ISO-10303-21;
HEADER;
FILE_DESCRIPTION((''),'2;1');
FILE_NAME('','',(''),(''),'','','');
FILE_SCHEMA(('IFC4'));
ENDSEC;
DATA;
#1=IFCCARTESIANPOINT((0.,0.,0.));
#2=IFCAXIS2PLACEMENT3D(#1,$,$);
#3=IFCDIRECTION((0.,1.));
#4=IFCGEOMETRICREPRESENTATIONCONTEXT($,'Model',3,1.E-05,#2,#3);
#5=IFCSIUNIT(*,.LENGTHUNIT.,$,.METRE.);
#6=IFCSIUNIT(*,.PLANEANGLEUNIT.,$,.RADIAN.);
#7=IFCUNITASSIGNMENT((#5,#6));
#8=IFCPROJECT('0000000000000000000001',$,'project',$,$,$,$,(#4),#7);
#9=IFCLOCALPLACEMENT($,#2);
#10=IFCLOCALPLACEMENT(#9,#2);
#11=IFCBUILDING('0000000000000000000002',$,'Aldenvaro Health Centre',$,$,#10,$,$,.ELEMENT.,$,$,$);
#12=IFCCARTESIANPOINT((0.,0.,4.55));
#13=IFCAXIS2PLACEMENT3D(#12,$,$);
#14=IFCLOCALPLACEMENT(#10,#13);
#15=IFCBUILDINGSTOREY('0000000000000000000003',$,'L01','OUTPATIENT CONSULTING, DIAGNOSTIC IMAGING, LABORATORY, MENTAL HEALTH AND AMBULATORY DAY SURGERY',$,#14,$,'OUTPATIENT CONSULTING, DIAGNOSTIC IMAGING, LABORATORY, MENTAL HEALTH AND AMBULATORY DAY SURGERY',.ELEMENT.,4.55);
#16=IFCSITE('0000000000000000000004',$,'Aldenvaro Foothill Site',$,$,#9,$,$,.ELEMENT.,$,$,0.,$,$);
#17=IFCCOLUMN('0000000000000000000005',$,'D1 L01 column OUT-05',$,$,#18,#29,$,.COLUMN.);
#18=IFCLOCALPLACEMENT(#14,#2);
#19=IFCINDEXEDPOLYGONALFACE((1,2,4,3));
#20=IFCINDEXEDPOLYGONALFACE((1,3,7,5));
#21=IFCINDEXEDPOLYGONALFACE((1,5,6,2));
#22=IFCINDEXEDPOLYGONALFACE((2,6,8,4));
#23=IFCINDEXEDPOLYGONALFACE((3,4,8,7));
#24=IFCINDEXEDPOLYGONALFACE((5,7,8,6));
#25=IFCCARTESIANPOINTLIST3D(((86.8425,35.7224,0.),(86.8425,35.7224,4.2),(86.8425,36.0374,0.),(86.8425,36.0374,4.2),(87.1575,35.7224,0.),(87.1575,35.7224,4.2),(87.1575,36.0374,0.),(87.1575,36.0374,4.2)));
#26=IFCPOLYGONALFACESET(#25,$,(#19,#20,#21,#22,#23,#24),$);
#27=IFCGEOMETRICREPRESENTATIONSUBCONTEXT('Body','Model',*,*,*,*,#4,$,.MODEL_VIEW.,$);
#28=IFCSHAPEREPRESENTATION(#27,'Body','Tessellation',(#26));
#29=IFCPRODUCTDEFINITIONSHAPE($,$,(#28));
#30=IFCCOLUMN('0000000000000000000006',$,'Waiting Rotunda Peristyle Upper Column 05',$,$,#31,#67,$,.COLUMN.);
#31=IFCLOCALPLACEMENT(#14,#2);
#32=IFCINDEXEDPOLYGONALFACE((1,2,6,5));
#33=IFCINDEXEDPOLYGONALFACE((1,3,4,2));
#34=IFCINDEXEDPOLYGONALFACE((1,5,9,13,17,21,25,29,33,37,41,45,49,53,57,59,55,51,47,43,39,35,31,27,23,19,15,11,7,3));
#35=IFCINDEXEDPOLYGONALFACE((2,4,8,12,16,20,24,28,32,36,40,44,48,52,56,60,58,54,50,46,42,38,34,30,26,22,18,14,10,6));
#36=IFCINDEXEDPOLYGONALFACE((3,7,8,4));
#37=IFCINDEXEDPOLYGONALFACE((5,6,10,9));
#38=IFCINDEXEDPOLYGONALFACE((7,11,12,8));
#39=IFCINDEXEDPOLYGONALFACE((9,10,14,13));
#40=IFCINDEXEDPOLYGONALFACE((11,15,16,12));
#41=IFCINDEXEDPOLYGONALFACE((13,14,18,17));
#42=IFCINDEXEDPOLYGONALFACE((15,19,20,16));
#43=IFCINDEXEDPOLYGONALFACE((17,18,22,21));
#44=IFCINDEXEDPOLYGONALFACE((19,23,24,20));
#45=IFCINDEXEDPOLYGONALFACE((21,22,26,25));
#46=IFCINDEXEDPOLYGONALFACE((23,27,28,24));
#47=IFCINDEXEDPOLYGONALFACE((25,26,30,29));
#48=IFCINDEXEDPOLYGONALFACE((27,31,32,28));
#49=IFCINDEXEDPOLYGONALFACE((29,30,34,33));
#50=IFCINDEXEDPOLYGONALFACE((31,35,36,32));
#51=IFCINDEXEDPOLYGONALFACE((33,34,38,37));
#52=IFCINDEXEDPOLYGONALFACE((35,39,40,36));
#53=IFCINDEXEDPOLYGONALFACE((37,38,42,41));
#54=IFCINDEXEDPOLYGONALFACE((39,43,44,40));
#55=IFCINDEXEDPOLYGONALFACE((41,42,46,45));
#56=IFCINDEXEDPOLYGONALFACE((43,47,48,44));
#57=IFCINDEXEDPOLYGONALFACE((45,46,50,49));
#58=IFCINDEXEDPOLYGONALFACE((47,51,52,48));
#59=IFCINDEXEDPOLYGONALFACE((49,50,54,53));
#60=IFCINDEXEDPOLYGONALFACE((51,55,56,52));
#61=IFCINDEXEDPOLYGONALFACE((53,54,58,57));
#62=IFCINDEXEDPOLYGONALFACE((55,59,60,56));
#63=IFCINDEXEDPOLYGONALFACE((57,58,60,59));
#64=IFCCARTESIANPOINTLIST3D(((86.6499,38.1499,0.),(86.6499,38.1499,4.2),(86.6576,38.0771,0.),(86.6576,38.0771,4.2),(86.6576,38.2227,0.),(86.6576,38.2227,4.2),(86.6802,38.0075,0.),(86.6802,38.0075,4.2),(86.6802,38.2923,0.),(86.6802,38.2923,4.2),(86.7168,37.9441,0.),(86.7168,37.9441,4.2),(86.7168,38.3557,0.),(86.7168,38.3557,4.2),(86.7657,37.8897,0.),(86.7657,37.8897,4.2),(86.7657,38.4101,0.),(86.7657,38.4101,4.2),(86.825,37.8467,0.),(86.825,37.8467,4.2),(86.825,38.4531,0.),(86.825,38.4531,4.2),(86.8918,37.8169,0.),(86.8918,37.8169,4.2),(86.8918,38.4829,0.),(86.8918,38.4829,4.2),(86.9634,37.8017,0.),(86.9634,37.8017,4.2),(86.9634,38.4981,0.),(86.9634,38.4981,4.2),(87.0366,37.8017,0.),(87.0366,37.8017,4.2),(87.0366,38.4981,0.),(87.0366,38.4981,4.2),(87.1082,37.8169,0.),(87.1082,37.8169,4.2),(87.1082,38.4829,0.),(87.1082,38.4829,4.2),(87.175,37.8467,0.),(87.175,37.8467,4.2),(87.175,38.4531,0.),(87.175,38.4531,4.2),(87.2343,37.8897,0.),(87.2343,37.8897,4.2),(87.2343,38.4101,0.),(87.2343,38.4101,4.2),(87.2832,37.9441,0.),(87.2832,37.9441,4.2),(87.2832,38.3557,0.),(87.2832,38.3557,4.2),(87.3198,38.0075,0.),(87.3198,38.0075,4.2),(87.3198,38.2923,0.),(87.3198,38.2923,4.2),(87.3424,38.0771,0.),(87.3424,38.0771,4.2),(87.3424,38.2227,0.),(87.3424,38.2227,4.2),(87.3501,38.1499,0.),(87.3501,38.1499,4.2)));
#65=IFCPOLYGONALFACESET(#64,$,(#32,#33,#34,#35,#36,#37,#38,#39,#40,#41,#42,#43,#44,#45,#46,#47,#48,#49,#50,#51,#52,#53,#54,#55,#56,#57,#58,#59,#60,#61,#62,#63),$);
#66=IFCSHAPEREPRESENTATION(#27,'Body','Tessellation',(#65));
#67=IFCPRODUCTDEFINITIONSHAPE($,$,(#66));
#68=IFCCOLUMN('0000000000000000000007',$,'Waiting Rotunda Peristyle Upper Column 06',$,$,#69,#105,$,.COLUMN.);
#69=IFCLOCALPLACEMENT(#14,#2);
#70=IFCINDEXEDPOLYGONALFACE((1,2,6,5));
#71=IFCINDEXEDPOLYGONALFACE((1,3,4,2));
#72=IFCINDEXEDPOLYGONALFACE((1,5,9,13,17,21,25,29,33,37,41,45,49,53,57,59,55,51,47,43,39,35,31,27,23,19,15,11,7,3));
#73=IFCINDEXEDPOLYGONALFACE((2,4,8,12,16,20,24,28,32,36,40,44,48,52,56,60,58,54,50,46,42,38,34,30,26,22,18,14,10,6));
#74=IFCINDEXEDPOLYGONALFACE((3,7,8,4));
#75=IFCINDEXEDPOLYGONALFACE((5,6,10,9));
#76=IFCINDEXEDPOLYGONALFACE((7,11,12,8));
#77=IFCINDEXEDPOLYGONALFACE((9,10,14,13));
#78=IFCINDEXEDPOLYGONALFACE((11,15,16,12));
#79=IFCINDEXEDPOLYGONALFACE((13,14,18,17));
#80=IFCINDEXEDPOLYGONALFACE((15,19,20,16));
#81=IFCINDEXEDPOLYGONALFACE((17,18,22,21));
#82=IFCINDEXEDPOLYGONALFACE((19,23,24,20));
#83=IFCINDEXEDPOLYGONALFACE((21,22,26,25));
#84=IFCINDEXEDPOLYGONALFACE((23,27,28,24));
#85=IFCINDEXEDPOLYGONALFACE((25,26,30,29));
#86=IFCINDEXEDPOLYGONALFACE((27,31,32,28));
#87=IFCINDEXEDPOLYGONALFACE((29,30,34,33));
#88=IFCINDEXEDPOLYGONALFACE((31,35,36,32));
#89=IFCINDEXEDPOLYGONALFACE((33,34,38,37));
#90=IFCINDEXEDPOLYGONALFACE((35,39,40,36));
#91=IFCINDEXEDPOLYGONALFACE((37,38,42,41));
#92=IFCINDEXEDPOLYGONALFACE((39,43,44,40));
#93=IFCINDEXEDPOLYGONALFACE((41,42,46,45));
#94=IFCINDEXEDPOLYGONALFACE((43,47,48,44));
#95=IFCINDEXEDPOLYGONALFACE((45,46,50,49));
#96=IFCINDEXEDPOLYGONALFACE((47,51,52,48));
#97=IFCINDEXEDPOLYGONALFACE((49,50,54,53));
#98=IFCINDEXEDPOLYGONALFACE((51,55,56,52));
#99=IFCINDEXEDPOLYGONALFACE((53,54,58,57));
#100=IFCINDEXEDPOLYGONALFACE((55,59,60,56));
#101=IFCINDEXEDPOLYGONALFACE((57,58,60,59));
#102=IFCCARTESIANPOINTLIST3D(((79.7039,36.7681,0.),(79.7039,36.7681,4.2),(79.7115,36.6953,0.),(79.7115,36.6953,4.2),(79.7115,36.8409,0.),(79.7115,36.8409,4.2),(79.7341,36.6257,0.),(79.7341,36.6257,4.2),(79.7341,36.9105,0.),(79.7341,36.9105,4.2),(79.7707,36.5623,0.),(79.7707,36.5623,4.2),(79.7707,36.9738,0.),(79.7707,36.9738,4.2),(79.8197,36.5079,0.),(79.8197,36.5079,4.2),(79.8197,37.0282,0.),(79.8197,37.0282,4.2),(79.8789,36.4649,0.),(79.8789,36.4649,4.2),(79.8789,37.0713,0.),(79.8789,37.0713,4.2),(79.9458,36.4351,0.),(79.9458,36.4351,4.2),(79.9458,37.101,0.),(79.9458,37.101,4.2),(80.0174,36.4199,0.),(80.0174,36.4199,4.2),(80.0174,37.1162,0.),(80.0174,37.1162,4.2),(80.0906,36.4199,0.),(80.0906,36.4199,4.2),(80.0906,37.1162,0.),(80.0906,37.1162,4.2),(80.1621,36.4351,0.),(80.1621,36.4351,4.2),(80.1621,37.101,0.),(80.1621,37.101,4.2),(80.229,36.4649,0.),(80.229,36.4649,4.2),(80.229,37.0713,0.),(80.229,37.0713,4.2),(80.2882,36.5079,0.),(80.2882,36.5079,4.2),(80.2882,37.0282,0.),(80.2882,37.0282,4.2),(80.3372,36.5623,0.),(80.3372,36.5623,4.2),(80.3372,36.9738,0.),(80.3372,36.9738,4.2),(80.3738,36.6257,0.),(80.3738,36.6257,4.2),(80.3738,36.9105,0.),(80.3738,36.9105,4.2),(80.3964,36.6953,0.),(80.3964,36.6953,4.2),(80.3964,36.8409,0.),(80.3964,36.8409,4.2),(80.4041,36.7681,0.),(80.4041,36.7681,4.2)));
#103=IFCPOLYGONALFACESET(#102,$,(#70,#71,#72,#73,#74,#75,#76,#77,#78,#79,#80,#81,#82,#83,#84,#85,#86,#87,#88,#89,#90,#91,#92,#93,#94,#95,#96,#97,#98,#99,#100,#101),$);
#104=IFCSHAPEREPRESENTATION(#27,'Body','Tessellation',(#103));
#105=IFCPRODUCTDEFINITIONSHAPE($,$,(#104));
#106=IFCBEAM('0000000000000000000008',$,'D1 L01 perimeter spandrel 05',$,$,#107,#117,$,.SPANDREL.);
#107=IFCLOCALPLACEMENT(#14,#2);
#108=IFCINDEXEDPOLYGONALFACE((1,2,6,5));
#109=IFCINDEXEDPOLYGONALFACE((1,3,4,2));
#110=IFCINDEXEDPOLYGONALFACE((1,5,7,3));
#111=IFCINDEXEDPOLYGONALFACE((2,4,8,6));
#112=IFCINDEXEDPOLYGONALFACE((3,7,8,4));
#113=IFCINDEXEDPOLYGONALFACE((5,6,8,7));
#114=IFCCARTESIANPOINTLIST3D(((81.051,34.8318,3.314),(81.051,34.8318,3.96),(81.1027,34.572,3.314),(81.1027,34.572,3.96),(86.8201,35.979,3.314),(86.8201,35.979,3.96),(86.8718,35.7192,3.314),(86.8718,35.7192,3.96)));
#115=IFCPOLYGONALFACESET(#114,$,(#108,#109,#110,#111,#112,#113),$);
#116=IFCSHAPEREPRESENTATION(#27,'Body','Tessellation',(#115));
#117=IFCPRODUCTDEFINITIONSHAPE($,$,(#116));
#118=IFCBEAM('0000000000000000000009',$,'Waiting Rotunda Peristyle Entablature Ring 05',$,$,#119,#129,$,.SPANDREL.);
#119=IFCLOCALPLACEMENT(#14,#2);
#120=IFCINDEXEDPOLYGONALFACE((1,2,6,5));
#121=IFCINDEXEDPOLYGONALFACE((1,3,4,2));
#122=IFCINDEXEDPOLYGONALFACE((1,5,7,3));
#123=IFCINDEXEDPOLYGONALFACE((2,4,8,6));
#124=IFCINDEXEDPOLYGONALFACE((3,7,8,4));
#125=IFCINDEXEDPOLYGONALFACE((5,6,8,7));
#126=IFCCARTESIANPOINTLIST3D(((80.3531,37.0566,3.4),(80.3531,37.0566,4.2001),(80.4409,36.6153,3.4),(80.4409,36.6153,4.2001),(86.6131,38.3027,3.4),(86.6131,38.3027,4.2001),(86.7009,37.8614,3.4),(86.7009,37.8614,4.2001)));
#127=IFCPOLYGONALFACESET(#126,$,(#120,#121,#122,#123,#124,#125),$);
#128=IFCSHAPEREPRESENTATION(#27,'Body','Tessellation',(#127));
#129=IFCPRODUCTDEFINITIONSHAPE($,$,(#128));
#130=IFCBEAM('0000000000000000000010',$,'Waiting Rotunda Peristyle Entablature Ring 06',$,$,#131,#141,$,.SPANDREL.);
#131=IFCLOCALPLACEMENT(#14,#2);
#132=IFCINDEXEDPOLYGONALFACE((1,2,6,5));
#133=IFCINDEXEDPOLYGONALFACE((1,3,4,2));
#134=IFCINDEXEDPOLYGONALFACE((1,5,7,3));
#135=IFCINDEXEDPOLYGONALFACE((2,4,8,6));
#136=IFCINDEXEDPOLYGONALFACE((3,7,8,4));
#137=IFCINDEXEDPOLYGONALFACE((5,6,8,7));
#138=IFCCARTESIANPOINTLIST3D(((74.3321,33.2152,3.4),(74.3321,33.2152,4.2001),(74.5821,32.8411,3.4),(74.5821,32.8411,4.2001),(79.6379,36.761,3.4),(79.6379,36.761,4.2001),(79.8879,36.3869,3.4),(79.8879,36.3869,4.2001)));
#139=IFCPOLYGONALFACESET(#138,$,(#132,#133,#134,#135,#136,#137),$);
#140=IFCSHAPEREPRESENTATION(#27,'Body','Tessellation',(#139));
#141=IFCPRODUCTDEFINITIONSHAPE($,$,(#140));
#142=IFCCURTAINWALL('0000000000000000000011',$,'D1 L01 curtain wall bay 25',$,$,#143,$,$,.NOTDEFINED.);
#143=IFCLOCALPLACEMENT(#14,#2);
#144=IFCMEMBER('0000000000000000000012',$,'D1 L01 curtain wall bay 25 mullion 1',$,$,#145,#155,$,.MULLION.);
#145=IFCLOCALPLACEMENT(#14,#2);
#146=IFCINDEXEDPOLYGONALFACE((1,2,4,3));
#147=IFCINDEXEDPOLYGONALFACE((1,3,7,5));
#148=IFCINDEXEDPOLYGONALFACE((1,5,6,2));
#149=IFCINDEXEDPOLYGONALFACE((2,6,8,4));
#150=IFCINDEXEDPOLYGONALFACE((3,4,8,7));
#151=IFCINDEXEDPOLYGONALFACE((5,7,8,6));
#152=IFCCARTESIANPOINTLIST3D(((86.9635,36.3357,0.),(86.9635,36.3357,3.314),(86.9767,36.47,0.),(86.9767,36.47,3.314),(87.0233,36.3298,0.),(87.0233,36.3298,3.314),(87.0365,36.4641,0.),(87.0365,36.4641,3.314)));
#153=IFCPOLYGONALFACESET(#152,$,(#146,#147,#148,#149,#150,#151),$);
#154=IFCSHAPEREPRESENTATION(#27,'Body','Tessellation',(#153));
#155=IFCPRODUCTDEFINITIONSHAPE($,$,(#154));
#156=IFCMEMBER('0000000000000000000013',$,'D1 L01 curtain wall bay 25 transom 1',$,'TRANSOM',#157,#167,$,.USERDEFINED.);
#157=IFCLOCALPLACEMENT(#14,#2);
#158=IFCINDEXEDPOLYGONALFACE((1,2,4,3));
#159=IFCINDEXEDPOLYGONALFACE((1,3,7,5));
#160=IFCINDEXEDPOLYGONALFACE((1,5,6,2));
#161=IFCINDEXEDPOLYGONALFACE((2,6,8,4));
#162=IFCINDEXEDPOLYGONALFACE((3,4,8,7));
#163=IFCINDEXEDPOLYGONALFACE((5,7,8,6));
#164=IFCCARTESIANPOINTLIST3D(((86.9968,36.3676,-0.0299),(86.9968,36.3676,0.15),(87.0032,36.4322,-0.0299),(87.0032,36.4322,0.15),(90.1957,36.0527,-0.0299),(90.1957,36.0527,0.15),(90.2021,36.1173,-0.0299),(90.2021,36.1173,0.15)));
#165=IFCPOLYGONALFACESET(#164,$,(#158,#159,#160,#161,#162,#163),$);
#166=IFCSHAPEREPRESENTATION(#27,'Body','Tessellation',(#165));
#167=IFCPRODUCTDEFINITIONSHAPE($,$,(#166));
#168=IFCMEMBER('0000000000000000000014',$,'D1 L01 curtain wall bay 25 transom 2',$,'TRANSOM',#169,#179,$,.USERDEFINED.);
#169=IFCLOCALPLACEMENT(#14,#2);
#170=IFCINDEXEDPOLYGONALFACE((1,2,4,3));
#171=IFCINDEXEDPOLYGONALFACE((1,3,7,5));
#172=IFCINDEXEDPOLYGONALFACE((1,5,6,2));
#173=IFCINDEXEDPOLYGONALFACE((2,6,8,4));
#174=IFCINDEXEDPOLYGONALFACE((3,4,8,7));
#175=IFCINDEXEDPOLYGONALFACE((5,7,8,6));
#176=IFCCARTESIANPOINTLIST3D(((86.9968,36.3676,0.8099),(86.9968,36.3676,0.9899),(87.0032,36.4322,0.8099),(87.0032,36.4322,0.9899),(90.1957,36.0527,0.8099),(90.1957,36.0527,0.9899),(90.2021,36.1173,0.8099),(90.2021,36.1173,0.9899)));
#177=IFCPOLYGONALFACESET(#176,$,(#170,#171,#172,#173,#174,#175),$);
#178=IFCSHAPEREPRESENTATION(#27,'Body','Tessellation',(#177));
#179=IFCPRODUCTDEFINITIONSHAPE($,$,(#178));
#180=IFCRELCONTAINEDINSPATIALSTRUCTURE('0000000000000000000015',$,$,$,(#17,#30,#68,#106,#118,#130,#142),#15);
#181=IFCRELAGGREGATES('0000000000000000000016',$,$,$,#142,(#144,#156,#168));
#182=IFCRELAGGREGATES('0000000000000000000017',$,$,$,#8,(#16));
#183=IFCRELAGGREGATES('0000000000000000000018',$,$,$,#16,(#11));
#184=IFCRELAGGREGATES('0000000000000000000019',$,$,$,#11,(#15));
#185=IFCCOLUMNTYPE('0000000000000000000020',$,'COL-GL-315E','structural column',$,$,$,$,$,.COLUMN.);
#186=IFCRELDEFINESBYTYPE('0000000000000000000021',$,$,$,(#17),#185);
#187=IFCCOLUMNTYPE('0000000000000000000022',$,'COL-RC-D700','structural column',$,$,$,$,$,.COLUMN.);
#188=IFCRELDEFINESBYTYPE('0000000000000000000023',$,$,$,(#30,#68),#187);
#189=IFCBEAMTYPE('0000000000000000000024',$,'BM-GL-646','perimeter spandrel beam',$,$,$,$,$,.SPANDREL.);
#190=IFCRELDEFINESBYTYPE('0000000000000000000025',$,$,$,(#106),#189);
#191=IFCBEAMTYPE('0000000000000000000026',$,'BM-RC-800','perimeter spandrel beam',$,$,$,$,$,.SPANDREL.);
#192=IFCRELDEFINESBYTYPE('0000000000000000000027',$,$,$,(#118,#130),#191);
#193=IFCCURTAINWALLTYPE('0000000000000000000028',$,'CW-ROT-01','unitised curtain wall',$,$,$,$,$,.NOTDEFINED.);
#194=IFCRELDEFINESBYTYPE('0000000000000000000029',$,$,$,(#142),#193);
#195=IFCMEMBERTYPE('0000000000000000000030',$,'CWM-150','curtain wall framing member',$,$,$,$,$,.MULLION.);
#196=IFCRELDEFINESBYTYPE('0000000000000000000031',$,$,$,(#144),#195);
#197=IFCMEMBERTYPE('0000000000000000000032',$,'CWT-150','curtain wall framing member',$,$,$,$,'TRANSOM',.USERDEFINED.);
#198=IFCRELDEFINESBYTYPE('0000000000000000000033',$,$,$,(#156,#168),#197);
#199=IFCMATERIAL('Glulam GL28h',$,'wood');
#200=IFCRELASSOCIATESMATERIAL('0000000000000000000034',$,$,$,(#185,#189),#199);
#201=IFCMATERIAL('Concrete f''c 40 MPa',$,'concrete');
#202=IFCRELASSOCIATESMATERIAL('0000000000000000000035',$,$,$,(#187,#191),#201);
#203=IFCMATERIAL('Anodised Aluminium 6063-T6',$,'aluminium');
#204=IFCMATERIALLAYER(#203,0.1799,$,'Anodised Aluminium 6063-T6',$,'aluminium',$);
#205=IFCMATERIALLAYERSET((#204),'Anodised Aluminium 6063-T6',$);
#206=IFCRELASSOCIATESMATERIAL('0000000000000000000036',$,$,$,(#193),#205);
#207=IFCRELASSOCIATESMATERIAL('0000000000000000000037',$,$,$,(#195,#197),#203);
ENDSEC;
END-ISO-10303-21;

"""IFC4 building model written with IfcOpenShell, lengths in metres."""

from ifc_helpers import new_model, si_unit, direction, frame, origin, origin_2d, place, context, subcontext, project, spatial, rectangle, circle, extrude, material, layer, layer_set, material_profile, profile_set, type_object, element, aggregate, save


model = new_model("IFC4")

# Units and contexts
model_context = context("Model", 3, precision=1e-05, world=origin(), true_north=direction((0.0, 1.0)))
body_context = subcontext(model_context, "Body", "Model", "MODEL_VIEW")
ifc_project = project(units=[si_unit("LENGTHUNIT", "METRE"), si_unit("PLANEANGLEUNIT", "RADIAN")], contexts=[model_context])

# Site, building, storey
site_placement = place(None, origin())
site = spatial("IfcSite", under=ifc_project, at=site_placement, Name="Aldenvaro Foothill Site", CompositionType="ELEMENT", RefElevation=0.0)
building_placement = place(site_placement, origin())
building = spatial("IfcBuilding", under=site, at=building_placement, Name="Aldenvaro Health Centre", CompositionType="ELEMENT")
storey_placement = place(building_placement, frame((0.0, 0.0, 4.55)))
storey = spatial("IfcBuildingStorey", under=building, at=storey_placement, Name="L01", Description="OUTPATIENT CONSULTING, DIAGNOSTIC IMAGING, LABORATORY, MENTAL HEALTH AND AMBULATORY DAY SURGERY", LongName="OUTPATIENT CONSULTING, DIAGNOSTIC IMAGING, LABORATORY, MENTAL HEALTH AND AMBULATORY DAY SURGERY", CompositionType="ELEMENT", Elevation=4.55)

# Columns
ifc_material_1 = material(Name="Glulam GL28h", Category="wood")
ifc_material_profile_1 = material_profile(ifc_material_1, rectangle(XDim=0.3149, YDim=0.3149, at=origin_2d()), Name="GL 315x315", Category="wood")
ifc_profile_set_1 = profile_set([ifc_material_profile_1], Name="Glulam GL28h")
column_type_1 = type_object("IfcColumnType", Name="COL-GL-315E", Description="structural column", PredefinedType="COLUMN", material=ifc_profile_set_1)
column_placement = place(storey_placement, frame((87.0, 35.8799, 0.0), z_axis=(0.0, 0.0, 1.0), x_axis=(1.0, 0.0, 0.0)))
element("IfcColumn", 1, at=column_placement, inside=storey, type_object=column_type_1, Name="D1 L01 column OUT-05", PredefinedType="COLUMN", context=body_context, shape_type="SweptSolid", body=[
    extrude(rectangle(XDim=0.3149, YDim=0.3149, at=origin_2d()), origin(), (0.0, 0.0, 1.0), 4.2),
])
ifc_material_2 = material(Name="Concrete f'c 40 MPa", Category="concrete")
ifc_material_profile_2 = material_profile(ifc_material_2, circle(Radius=0.3501, at=origin_2d()), Name="RC D700", Category="concrete")
ifc_profile_set_2 = profile_set([ifc_material_profile_2], Name="Concrete f'c 40 MPa")
column_type_2 = type_object("IfcColumnType", Name="COL-RC-D700", Description="structural column", PredefinedType="COLUMN", material=ifc_profile_set_2)
for number, where, z_axis, x_axis, name in (
    (2, (87.0, 38.1499, 0.0), (0.0, 0.0, 1.0), (1.0, 0.0, 0.0), "Waiting Rotunda Peristyle Upper Column 05"),
    (3, (80.054, 36.7681, 0.0), (0.0, 0.0, 1.0), (1.0, 0.0, 0.0), "Waiting Rotunda Peristyle Upper Column 06"),
):
    element("IfcColumn", number, at=place(storey_placement, frame(where, z_axis=z_axis, x_axis=x_axis)), inside=storey, type_object=column_type_2, Name=name, PredefinedType="COLUMN", context=body_context, shape_type="SweptSolid", body=[
        extrude(circle(Radius=0.3501, at=origin_2d()), origin(), (0.0, 0.0, 1.0), 4.2),
    ])

# Beams
ifc_material_profile_3 = material_profile(ifc_material_1, rectangle(XDim=0.2649, YDim=0.646, at=origin_2d()), Name="GL 265x646", Category="wood")
ifc_profile_set_3 = profile_set([ifc_material_profile_3], Name="Glulam GL28h")
beam_type_1 = type_object("IfcBeamType", Name="BM-GL-646", Description="perimeter spandrel beam", PredefinedType="SPANDREL", material=ifc_profile_set_3)
beam_1_placement = place(storey_placement, frame((86.8459, 35.8491, 3.637), z_axis=(-0.980796, -0.195038, 0.0), x_axis=(0.195038, -0.980796, 0.0)))
element("IfcBeam", 4, at=beam_1_placement, inside=storey, type_object=beam_type_1, Name="D1 L01 perimeter spandrel 05", PredefinedType="SPANDREL", context=body_context, shape_type="SweptSolid", body=[
    extrude(rectangle(XDim=0.2649, YDim=0.646, at=origin_2d()), origin(), (0.0, 0.0, 1.0), 5.8821),
])
ifc_material_profile_4 = material_profile(ifc_material_2, rectangle(XDim=0.45, YDim=0.8, at=origin_2d()), Name="RC 450x800", Category="concrete")
ifc_profile_set_4 = profile_set([ifc_material_profile_4], Name="Concrete f'c 40 MPa")
beam_type_2 = type_object("IfcBeamType", Name="BM-RC-800", Description="perimeter spandrel beam", PredefinedType="SPANDREL", material=ifc_profile_set_4)
beam_2_placement = place(storey_placement, frame((86.657, 38.082, 3.8), z_axis=(-0.980758, -0.195226, 0.0), x_axis=(0.195226, -0.980758, 0.0)))
element("IfcBeam", 5, at=beam_2_placement, inside=storey, type_object=beam_type_2, Name="Waiting Rotunda Peristyle Entablature Ring 05", PredefinedType="SPANDREL", context=body_context, shape_type="SweptSolid", body=[
    extrude(rectangle(XDim=0.45, YDim=0.8, at=origin_2d()), origin(), (0.0, 0.0, 1.0), 6.3828),
])
beam_3_placement = place(storey_placement, frame((79.7629, 36.574, 3.8), z_axis=(-0.831426, -0.555636, 0.0), x_axis=(0.555636, -0.831426, 0.0)))
element("IfcBeam", 6, at=beam_3_placement, inside=storey, type_object=beam_type_2, Name="Waiting Rotunda Peristyle Entablature Ring 06", PredefinedType="SPANDREL", context=body_context, shape_type="SweptSolid", body=[
    extrude(rectangle(XDim=0.45, YDim=0.8, at=origin_2d()), origin(), (0.0, 0.0, 1.0), 6.3816),
])

# Curtain wall, members
ifc_material_3 = material(Name="Anodised Aluminium 6063-T6", Category="aluminium")
ifc_layer_1 = layer(ifc_material_3, 0.1799, Name="Anodised Aluminium 6063-T6", Category="aluminium")
ifc_layer_set_1 = layer_set([ifc_layer_1], Name="Anodised Aluminium 6063-T6")
curtain_wall_type = type_object("IfcCurtainWallType", Name="CW-ROT-01", Description="unitised curtain wall", PredefinedType="NOTDEFINED", material=ifc_layer_set_1)
curtain_wall_placement = place(storey_placement, origin())
curtain_wall = element("IfcCurtainWall", 7, at=curtain_wall_placement, inside=storey, type_object=curtain_wall_type, Name="D1 L01 curtain wall bay 25", PredefinedType="NOTDEFINED")
ifc_material_profile_5 = material_profile(ifc_material_3, rectangle(XDim=0.0601, YDim=0.135, at=origin_2d()), Name="ALU 60x135", Category="aluminium")
ifc_profile_set_5 = profile_set([ifc_material_profile_5], Name="Anodised Aluminium 6063-T6")
member_type_1 = type_object("IfcMemberType", Name="CWM-150", Description="curtain wall framing member", PredefinedType="MULLION", material=ifc_profile_set_5)
member_1_placement = place(storey_placement, frame((87.0, 36.3999, 0.0), z_axis=(0.0, 0.0, 1.0), x_axis=(0.995187, -0.097994, 0.0)))
member_1 = element("IfcMember", 8, at=member_1_placement, type_object=member_type_1, Name="D1 L01 curtain wall bay 25 mullion 1", PredefinedType="MULLION", context=body_context, shape_type="SweptSolid", body=[
    extrude(rectangle(XDim=0.0601, YDim=0.135, at=origin_2d()), origin(), (0.0, 0.0, 1.0), 3.314),
])
ifc_material_profile_6 = material_profile(ifc_material_3, rectangle(XDim=0.0649, YDim=0.1799, at=origin_2d()), Name="ALU 65x180", Category="aluminium")
ifc_profile_set_6 = profile_set([ifc_material_profile_6], Name="Anodised Aluminium 6063-T6")
member_type_2 = type_object("IfcMemberType", Name="CWT-150", Description="curtain wall framing member", ElementType="TRANSOM", PredefinedType="USERDEFINED", material=ifc_profile_set_6)
member_2_placement = place(storey_placement, frame((87.0, 36.3999, 0.0601), z_axis=(0.995189, -0.097977, 0.0), x_axis=(0.097977, 0.995189, 0.0)))
member_2 = element("IfcMember", 9, at=member_2_placement, type_object=member_type_2, Name="D1 L01 curtain wall bay 25 transom 1", ObjectType="TRANSOM", PredefinedType="USERDEFINED", context=body_context, shape_type="SweptSolid", body=[
    extrude(rectangle(XDim=0.0649, YDim=0.1799, at=origin_2d()), origin(), (0.0, 0.0, 1.0), 3.2144),
])
member_3_placement = place(storey_placement, frame((87.0, 36.3999, 0.8999), z_axis=(0.995189, -0.097977, 0.0), x_axis=(0.097977, 0.995189, 0.0)))
member_3 = element("IfcMember", 10, at=member_3_placement, type_object=member_type_2, Name="D1 L01 curtain wall bay 25 transom 2", ObjectType="TRANSOM", PredefinedType="USERDEFINED", context=body_context, shape_type="SweptSolid", body=[
    extrude(rectangle(XDim=0.0649, YDim=0.1799, at=origin_2d()), origin(), (0.0, 0.0, 1.0), 3.2144),
])

aggregate(curtain_wall, [member_1, member_2, member_3])

save(model, "model.ifc")
